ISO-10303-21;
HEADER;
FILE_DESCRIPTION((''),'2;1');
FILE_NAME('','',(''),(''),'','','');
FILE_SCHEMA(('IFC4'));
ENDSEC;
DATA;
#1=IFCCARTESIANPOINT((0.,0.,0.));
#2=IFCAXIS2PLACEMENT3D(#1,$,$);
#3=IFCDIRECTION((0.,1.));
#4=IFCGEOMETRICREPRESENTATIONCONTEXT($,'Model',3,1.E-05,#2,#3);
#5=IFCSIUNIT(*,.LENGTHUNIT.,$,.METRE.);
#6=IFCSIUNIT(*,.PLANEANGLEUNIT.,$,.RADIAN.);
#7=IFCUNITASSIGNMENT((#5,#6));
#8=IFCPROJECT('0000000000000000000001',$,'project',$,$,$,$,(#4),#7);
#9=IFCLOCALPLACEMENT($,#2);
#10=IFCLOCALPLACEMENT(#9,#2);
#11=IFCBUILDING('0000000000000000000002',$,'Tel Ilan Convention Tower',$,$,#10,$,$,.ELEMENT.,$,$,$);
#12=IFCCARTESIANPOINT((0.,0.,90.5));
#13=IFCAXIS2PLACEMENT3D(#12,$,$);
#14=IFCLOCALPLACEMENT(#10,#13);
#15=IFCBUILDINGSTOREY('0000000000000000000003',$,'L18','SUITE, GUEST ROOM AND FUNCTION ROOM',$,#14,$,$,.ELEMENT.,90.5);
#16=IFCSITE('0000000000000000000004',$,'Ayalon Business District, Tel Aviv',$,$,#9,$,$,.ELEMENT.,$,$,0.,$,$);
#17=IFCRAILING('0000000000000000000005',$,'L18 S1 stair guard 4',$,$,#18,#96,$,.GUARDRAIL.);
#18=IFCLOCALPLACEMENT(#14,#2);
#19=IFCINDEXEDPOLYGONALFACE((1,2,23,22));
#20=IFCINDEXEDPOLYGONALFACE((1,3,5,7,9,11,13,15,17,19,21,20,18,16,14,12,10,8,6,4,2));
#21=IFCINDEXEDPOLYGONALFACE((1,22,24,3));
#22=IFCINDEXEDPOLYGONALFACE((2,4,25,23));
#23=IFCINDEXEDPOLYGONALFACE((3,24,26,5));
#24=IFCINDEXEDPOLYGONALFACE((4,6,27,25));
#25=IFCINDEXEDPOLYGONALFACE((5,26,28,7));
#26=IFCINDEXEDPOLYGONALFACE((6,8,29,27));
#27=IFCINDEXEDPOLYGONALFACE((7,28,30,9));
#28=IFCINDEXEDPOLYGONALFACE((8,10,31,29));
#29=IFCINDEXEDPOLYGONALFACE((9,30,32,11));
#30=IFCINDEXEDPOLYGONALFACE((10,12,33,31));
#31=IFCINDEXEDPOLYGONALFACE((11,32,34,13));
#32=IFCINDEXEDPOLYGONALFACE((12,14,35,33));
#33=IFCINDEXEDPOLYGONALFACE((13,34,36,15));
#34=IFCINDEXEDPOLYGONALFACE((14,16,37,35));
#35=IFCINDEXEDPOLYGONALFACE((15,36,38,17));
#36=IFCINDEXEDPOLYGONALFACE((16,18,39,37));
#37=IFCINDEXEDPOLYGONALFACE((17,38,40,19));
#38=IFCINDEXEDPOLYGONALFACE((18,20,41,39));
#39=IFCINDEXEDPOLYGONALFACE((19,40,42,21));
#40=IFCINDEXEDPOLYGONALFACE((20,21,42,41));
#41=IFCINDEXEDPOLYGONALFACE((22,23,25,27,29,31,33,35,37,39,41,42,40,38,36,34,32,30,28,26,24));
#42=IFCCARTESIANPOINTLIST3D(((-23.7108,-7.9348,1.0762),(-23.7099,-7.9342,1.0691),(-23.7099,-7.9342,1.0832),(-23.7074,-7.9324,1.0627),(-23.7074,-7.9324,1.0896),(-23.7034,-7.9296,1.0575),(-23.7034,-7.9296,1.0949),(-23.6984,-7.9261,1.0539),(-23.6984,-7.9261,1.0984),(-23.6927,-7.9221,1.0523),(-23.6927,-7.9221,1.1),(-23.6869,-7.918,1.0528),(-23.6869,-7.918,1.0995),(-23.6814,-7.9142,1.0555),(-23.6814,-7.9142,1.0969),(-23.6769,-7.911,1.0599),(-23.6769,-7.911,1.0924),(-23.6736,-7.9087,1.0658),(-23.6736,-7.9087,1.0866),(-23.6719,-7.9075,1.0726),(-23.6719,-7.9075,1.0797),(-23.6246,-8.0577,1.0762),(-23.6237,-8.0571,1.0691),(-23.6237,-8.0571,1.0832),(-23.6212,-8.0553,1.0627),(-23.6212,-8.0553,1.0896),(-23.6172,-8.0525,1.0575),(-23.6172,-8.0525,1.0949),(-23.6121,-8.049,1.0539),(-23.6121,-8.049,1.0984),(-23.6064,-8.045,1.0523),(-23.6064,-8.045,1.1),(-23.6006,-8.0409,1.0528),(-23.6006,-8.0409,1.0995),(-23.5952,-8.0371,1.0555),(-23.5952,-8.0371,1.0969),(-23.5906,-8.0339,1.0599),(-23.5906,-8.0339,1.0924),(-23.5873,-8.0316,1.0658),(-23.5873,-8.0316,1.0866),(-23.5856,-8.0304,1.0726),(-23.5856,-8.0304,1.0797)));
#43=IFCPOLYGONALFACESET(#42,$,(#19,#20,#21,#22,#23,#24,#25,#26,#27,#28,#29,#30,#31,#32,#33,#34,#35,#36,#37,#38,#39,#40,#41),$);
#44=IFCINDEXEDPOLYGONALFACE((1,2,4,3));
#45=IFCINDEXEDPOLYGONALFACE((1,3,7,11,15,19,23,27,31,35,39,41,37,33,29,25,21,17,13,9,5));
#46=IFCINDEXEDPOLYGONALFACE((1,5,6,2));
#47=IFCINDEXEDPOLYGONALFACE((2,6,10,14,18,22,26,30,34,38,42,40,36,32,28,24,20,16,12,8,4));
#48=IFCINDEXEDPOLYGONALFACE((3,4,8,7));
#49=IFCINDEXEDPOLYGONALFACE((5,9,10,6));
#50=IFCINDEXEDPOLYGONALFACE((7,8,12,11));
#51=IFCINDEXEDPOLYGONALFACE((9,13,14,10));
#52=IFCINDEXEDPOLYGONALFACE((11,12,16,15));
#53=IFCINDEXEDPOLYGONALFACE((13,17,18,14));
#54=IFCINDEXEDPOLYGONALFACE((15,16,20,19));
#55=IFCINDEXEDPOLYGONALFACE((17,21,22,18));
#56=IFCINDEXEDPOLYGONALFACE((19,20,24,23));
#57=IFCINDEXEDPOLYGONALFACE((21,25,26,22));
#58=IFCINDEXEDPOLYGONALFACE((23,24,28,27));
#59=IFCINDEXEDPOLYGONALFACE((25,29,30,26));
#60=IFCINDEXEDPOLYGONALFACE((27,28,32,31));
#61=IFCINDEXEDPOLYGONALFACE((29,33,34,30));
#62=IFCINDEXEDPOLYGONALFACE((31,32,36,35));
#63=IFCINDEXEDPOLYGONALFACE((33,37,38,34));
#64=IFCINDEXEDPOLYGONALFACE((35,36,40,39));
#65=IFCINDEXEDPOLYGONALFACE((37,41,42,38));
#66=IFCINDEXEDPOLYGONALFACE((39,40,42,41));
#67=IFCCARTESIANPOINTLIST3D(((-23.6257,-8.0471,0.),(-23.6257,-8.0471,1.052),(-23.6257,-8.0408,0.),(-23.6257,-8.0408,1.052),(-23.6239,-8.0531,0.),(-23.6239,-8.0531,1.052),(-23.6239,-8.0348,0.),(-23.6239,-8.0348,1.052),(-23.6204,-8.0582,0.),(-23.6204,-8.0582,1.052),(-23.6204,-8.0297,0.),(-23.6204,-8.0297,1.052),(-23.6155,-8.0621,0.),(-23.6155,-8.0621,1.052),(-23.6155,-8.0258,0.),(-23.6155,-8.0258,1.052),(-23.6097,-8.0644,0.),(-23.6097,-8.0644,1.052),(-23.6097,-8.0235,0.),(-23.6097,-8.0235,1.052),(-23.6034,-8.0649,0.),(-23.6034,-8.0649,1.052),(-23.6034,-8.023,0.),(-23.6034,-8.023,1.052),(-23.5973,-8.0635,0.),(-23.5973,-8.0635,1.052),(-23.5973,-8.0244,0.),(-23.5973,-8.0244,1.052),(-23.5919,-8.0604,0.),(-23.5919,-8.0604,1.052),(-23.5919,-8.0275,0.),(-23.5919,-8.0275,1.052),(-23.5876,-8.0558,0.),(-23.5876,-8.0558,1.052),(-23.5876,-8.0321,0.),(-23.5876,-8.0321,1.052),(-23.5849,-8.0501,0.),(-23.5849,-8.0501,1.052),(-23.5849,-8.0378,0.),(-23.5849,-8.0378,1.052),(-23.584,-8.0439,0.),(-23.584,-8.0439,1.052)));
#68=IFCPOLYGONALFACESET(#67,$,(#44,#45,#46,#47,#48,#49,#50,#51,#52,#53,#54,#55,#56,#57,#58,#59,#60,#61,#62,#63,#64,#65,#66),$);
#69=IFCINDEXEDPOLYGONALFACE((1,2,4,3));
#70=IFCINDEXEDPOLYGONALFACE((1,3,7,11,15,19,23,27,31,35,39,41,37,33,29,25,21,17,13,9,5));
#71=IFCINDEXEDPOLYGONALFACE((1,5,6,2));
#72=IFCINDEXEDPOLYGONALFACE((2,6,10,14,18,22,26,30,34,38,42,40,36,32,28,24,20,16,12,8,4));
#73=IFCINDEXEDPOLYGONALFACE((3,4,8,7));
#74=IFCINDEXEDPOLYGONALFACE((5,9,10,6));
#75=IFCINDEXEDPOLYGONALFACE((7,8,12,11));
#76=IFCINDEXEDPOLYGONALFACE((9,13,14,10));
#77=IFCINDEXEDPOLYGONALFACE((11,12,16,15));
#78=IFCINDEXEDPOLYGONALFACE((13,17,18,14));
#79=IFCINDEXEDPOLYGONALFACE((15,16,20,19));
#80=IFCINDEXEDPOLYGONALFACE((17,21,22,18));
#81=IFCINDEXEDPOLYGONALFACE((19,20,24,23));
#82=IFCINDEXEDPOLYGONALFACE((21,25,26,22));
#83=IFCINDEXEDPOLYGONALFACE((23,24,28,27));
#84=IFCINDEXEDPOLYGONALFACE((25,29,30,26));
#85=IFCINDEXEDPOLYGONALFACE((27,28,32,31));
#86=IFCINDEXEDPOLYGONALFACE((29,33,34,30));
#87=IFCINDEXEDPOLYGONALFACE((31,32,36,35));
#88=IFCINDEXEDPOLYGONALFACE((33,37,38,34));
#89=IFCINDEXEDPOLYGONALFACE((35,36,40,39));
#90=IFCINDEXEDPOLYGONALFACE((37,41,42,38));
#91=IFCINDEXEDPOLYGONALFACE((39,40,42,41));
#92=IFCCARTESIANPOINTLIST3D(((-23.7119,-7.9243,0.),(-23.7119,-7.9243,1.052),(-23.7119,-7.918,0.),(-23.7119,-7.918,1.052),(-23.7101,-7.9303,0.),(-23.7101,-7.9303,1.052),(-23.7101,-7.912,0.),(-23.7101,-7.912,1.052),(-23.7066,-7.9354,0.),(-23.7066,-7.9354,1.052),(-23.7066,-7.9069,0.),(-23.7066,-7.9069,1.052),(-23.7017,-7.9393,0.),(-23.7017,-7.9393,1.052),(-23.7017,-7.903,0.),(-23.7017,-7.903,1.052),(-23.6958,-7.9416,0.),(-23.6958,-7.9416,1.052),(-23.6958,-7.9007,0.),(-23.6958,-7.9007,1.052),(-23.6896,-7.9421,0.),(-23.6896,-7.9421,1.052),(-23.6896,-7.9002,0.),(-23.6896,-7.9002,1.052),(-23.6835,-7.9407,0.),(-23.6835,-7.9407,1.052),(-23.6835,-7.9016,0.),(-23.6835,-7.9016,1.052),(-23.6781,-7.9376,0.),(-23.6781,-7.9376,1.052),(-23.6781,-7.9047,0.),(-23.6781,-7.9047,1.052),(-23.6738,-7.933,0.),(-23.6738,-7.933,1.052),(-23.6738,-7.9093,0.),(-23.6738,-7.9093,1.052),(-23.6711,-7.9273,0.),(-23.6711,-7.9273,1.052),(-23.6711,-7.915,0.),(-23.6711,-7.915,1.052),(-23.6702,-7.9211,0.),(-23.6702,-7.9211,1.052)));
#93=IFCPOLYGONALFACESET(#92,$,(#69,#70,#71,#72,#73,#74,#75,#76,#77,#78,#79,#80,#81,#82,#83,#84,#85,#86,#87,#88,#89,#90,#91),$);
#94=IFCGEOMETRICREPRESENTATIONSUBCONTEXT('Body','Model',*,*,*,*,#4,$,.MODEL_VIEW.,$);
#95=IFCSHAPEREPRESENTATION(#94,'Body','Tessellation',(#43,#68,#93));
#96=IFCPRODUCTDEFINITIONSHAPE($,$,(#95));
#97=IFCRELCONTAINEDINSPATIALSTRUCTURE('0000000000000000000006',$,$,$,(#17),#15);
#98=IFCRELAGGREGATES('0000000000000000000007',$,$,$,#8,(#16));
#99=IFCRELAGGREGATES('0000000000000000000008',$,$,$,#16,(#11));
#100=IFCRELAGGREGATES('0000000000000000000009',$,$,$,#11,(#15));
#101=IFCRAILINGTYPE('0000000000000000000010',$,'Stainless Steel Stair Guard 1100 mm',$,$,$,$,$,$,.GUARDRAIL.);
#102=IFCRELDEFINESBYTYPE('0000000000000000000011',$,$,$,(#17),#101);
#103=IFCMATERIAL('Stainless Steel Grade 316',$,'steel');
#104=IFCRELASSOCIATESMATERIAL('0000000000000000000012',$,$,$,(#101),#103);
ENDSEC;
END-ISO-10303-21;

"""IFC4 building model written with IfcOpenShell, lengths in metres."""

from ifc_helpers import new_model, si_unit, direction, frame, origin, origin_2d, place, context, subcontext, project, spatial, circle, extrude, material, type_object, element, save


model = new_model("IFC4")

# Units and contexts
model_context = context("Model", 3, precision=1e-05, world=origin(), true_north=direction((0.0, 1.0)))
body_context = subcontext(model_context, "Body", "Model", "MODEL_VIEW")
ifc_project = project(units=[si_unit("LENGTHUNIT", "METRE"), si_unit("PLANEANGLEUNIT", "RADIAN")], contexts=[model_context])

# Site, building, storey
site_placement = place(None, origin())
site = spatial("IfcSite", under=ifc_project, at=site_placement, Name="Ayalon Business District, Tel Aviv", CompositionType="ELEMENT", RefElevation=0.0)
building_placement = place(site_placement, origin())
building = spatial("IfcBuilding", under=site, at=building_placement, Name="Tel Ilan Convention Tower", CompositionType="ELEMENT")
storey_placement = place(building_placement, frame((0.0, 0.0, 90.5)))
storey = spatial("IfcBuildingStorey", under=building, at=storey_placement, Name="L18", Description="SUITE, GUEST ROOM AND FUNCTION ROOM", CompositionType="ELEMENT", Elevation=90.5)

# Railing
ifc_material_1 = material(Name="Stainless Steel Grade 316", Category="steel")
railing_type_1 = type_object("IfcRailingType", Name="Stainless Steel Stair Guard 1100 mm", PredefinedType="GUARDRAIL", material=ifc_material_1)
railing_1_placement = place(storey_placement, frame((-23.605, -8.0439, 0.0)))
element("IfcRailing", 1, at=railing_1_placement, inside=storey, type_object=railing_type_1, Name="L18 S1 stair guard 4", PredefinedType="GUARDRAIL", context=body_context, shape_type="SweptSolid", body=[
    extrude(circle(Radius=0.0239, at=origin_2d()), frame((0.0, 0.0, 1.0762), z_axis=(-0.574445, 0.818543, 0.0), x_axis=(-0.818543, -0.574445, 0.0)), (0.0, 0.0, 1.0), 0.1501),
    extrude(circle(Radius=0.021, at=origin_2d()), origin(), (0.0, 0.0, 1.0), 1.052),
    extrude(circle(Radius=0.021, at=origin_2d()), frame((-0.0862, 0.1228, 0.0)), (0.0, 0.0, 1.0), 1.052),
])

save(model, "model.ifc")
